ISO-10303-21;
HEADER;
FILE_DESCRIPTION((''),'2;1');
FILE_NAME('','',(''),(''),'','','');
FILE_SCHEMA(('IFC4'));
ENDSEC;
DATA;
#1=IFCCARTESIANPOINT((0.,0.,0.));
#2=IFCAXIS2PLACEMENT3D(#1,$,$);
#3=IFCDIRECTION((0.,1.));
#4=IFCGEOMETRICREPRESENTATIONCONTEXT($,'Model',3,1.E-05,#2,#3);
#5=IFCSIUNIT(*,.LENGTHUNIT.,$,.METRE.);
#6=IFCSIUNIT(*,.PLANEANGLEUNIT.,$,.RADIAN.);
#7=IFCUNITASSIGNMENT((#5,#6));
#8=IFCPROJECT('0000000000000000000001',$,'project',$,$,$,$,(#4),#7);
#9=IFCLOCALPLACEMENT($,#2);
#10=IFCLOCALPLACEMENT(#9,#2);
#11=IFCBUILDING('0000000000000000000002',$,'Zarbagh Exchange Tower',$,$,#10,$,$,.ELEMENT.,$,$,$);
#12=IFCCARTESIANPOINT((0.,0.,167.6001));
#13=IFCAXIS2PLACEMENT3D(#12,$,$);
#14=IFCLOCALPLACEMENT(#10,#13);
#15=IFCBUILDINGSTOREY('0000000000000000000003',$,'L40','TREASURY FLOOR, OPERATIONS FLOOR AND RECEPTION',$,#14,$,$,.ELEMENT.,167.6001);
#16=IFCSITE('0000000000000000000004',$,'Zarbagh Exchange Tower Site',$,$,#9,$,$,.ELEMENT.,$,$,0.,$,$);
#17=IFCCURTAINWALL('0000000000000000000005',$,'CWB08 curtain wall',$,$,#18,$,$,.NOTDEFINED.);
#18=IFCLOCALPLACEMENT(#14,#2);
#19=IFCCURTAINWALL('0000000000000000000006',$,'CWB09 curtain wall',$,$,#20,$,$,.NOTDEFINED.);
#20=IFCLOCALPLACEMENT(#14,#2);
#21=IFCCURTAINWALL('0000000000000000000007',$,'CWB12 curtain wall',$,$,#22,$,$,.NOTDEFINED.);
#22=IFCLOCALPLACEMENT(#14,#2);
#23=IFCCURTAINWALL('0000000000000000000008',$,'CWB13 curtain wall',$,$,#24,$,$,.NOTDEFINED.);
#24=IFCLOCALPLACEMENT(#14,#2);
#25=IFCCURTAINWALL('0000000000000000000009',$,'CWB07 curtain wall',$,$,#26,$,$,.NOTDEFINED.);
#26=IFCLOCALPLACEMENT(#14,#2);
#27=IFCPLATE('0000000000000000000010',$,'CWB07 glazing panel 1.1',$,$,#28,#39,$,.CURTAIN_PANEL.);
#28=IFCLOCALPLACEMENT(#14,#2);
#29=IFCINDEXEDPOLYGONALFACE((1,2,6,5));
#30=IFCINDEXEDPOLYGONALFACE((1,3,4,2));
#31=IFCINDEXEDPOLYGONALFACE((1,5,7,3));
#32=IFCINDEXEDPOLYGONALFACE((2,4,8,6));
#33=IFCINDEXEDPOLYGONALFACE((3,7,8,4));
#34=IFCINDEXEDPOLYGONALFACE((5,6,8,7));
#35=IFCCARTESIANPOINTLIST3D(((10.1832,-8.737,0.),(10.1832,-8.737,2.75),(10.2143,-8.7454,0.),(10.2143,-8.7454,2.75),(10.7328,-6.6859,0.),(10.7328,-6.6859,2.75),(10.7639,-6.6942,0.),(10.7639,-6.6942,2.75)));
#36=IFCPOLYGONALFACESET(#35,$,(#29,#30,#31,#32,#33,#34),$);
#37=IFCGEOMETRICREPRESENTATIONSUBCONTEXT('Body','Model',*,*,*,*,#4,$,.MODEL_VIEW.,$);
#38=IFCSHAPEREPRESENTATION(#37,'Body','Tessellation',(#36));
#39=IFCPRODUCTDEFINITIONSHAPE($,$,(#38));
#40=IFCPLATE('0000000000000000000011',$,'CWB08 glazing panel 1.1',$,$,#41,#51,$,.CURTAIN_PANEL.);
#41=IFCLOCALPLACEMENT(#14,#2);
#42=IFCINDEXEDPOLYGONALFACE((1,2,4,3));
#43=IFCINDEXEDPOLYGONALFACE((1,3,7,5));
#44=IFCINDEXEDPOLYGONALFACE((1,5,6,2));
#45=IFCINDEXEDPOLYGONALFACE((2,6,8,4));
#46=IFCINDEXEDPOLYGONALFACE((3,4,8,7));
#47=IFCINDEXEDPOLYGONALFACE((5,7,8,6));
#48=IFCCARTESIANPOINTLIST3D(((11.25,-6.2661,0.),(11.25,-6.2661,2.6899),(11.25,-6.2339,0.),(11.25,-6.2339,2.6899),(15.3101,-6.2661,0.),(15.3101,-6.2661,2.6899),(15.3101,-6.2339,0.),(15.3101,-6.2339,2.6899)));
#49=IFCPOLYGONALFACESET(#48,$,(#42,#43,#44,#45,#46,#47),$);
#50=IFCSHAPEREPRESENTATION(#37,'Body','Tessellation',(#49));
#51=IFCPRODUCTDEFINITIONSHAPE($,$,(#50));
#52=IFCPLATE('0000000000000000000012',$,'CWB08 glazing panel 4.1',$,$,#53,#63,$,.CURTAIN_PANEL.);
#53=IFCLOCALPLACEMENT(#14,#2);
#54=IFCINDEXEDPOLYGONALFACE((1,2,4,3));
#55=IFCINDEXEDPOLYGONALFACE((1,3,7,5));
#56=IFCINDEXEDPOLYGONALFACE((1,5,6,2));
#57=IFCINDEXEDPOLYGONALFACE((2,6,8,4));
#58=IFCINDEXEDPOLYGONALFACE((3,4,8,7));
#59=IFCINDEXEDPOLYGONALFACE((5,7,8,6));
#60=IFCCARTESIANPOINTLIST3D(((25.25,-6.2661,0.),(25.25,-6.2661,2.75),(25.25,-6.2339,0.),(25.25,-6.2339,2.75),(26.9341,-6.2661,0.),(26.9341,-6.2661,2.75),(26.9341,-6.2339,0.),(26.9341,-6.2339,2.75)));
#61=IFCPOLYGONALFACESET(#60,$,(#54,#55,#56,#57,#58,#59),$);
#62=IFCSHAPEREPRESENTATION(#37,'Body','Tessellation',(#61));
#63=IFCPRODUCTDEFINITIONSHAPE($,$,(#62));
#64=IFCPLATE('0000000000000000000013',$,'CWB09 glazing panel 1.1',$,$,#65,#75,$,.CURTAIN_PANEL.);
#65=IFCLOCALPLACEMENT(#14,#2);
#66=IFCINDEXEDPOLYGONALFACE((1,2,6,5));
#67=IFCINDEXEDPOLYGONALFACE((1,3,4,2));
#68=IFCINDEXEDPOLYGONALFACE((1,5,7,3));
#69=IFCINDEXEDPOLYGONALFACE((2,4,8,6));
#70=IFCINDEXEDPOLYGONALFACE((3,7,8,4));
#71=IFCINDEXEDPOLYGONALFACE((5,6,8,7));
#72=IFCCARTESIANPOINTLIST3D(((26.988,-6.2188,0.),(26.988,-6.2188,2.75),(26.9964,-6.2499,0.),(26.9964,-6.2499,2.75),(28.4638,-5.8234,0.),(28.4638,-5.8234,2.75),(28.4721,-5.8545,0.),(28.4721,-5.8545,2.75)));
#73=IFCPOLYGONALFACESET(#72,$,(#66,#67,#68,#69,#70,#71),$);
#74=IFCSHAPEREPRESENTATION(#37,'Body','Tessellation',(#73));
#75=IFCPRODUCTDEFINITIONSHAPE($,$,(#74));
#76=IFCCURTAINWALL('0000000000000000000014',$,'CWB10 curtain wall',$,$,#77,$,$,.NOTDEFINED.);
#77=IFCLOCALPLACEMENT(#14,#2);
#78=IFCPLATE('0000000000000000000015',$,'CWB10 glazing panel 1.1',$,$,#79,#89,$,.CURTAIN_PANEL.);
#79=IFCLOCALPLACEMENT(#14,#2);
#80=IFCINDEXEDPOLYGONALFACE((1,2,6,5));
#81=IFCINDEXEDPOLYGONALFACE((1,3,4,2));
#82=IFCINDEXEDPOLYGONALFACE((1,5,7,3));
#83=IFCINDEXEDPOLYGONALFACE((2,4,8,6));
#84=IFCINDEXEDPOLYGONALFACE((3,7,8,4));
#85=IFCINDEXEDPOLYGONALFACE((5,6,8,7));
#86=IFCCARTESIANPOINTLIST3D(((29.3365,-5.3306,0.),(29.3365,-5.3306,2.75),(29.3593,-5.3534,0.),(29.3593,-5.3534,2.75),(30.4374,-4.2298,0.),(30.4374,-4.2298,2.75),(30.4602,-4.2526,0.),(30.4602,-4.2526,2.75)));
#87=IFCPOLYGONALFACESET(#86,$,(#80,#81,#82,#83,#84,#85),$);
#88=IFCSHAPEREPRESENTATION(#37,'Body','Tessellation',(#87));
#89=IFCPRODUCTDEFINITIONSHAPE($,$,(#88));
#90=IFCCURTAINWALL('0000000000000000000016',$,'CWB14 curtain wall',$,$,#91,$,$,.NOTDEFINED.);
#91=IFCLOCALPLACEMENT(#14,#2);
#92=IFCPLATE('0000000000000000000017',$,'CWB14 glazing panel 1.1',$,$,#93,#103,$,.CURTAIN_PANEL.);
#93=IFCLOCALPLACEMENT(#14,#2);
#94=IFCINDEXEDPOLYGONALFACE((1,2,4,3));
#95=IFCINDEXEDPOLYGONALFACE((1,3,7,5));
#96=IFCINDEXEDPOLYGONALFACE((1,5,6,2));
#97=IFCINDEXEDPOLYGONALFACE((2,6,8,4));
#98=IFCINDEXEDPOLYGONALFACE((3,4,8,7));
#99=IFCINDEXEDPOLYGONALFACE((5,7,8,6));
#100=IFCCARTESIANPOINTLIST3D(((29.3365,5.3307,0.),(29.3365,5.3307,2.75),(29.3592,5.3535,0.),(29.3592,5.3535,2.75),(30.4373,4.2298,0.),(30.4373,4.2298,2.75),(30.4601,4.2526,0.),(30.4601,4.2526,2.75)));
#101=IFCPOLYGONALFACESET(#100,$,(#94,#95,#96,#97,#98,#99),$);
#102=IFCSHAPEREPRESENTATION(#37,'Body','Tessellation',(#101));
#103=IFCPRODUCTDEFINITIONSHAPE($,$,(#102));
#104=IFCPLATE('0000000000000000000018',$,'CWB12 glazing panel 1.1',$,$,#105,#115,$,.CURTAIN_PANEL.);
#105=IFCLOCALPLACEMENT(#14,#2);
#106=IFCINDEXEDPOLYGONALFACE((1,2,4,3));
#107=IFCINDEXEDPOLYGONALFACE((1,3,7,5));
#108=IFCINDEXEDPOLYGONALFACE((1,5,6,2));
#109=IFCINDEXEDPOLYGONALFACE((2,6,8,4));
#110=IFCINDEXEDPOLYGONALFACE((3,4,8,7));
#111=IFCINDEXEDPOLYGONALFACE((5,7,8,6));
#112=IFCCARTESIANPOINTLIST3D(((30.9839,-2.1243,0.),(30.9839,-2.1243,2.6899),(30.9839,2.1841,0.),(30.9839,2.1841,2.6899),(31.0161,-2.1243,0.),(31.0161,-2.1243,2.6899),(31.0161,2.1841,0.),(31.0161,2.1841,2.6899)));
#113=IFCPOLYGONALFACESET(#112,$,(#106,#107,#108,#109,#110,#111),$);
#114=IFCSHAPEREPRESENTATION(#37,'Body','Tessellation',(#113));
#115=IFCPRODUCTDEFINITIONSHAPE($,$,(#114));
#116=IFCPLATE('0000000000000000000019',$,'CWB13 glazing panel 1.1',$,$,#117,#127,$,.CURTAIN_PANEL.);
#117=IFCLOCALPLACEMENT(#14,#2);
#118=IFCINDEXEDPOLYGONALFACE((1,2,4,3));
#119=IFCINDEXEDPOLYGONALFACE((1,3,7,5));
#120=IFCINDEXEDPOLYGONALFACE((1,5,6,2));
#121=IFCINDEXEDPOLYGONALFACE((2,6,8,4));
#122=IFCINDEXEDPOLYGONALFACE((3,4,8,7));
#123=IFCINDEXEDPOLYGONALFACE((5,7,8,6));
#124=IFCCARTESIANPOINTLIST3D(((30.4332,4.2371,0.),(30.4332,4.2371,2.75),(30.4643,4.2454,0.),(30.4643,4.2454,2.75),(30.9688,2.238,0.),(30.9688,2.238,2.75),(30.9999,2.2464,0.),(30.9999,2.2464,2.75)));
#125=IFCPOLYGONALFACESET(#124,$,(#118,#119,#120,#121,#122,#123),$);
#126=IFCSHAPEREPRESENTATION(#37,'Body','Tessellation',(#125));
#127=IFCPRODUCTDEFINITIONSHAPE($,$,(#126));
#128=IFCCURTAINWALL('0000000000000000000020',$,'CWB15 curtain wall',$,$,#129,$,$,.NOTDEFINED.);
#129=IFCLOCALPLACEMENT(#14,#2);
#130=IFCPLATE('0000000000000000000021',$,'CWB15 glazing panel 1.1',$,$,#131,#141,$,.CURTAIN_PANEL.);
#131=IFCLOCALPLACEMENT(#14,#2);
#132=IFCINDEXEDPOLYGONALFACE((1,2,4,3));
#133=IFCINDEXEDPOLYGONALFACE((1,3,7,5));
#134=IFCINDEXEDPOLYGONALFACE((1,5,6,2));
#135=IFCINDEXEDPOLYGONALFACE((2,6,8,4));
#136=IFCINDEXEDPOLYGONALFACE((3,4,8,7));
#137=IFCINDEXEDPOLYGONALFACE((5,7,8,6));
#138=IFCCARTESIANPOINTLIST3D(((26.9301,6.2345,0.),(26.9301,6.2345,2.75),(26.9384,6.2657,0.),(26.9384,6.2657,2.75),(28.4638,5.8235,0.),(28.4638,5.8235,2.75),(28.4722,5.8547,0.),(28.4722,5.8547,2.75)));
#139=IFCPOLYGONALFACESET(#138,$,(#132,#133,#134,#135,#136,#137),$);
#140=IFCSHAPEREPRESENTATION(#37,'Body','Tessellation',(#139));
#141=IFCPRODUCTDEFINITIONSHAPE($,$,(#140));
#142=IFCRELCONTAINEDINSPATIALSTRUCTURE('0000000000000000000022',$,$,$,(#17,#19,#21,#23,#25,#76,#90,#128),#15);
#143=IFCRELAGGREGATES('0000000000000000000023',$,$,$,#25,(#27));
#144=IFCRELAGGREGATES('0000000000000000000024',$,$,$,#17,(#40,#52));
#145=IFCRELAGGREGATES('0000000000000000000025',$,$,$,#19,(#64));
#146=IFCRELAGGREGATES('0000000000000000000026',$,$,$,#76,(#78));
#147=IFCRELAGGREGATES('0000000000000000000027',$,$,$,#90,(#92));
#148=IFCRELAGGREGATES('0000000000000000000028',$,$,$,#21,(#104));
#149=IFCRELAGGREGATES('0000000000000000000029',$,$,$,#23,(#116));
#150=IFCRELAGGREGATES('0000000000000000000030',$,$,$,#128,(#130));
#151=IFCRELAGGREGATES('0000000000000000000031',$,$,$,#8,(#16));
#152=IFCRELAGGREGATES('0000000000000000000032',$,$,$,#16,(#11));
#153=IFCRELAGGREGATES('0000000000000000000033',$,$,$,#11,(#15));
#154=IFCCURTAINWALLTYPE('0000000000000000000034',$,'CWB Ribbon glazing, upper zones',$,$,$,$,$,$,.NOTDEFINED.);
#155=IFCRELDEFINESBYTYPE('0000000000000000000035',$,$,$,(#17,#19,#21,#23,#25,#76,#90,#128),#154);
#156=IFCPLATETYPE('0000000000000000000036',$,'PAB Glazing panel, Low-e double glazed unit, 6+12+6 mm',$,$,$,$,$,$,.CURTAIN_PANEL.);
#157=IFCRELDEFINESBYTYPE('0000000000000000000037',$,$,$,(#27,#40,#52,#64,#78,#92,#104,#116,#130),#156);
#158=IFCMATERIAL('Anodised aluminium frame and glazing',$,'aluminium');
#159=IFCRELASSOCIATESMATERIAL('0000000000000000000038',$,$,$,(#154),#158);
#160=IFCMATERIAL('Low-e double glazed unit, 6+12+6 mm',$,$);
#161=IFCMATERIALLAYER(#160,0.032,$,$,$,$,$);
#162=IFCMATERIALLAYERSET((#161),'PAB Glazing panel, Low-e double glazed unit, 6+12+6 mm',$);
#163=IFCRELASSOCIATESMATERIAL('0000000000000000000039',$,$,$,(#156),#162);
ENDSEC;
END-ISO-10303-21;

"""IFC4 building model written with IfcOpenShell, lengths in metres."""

from ifc_helpers import new_model, si_unit, direction, frame, origin, place, context, subcontext, project, spatial, polyline, outline, extrude, source, transform, mapped, material, layer, layer_set, type_object, element, aggregate, save


model = new_model("IFC4")

# Units and contexts
model_context = context("Model", 3, precision=1e-05, world=origin(), true_north=direction((0.0, 1.0)))
body_context = subcontext(model_context, "Body", "Model", "MODEL_VIEW")
ifc_project = project(units=[si_unit("LENGTHUNIT", "METRE"), si_unit("PLANEANGLEUNIT", "RADIAN")], contexts=[model_context])

# Site, building, storey
site_placement = place(None, origin())
site = spatial("IfcSite", under=ifc_project, at=site_placement, Name="Zarbagh Exchange Tower Site", CompositionType="ELEMENT", RefElevation=0.0)
building_placement = place(site_placement, origin())
building = spatial("IfcBuilding", under=site, at=building_placement, Name="Zarbagh Exchange Tower", CompositionType="ELEMENT")
storey_placement = place(building_placement, frame((0.0, 0.0, 167.6001)))
storey = spatial("IfcBuildingStorey", under=building, at=storey_placement, Name="L40", Description="TREASURY FLOOR, OPERATIONS FLOOR AND RECEPTION", CompositionType="ELEMENT", Elevation=167.6001)

# Shared definitions
ifc_material_1 = material(Name="Anodised aluminium frame and glazing", Category="aluminium")
curtain_wall_type = type_object("IfcCurtainWallType", Name="CWB Ribbon glazing, upper zones", PredefinedType="NOTDEFINED", material=ifc_material_1)
placement = place(storey_placement, origin())

# Curtain wall
curtain_wall_1_placement = place(storey_placement, origin())
curtain_wall_1 = element("IfcCurtainWall", 1, at=curtain_wall_1_placement, inside=storey, type_object=curtain_wall_type, Name="CWB08 curtain wall", PredefinedType="NOTDEFINED")

# Curtain walls
curtain_wall_2_placement = place(storey_placement, origin())
curtain_wall_2 = element("IfcCurtainWall", 2, at=curtain_wall_2_placement, inside=storey, type_object=curtain_wall_type, Name="CWB09 curtain wall", PredefinedType="NOTDEFINED")
curtain_wall_3_placement = place(storey_placement, origin())
curtain_wall_3 = element("IfcCurtainWall", 3, at=curtain_wall_3_placement, inside=storey, type_object=curtain_wall_type, Name="CWB12 curtain wall", PredefinedType="NOTDEFINED")
curtain_wall_4_placement = place(storey_placement, origin())
curtain_wall_4 = element("IfcCurtainWall", 4, at=curtain_wall_4_placement, inside=storey, type_object=curtain_wall_type, Name="CWB13 curtain wall", PredefinedType="NOTDEFINED")

# Shared definitions
ifc_material_2 = material(Name="Low-e double glazed unit, 6+12+6 mm")
ifc_layer = layer(ifc_material_2, 0.032)
ifc_layer_set = layer_set([ifc_layer], Name="PAB Glazing panel, Low-e double glazed unit, 6+12+6 mm")
plate_type = type_object("IfcPlateType", Name="PAB Glazing panel, Low-e double glazed unit, 6+12+6 mm", PredefinedType="CURTAIN_PANEL", material=ifc_layer_set)

# Curtain wall, plate
curtain_wall_5_placement = place(storey_placement, origin())
curtain_wall_5 = element("IfcCurtainWall", 5, at=curtain_wall_5_placement, inside=storey, type_object=curtain_wall_type, Name="CWB07 curtain wall", PredefinedType="NOTDEFINED")
shared_shape_1 = source(origin(), body_context, "Body", "SweptSolid", [
    extrude(outline(polyline([(0.0, -0.0161), (2.1235, -0.0161), (2.1235, 0.0161), (0.0, 0.0161), (0.0, -0.0161)])), origin(), (0.0, 0.0, 1.0), 2.75),
])
plate_1 = element("IfcPlate", 6, at=placement, type_object=plate_type, Name="CWB07 glazing panel 1.1", PredefinedType="CURTAIN_PANEL", context=body_context, shape_type="MappedRepresentation", body=[
    mapped(shared_shape_1, transform((10.1987, -8.7412, 0.0), x_axis=(0.258825, 0.965924, 0.0), y_axis=(-0.965924, 0.258825, 0.0), z_axis=(0.0, 0.0, 1.0))),
])
aggregate(curtain_wall_5, [plate_1])

# Plates
shared_shape_2 = source(origin(), body_context, "Body", "SweptSolid", [
    extrude(outline(polyline([(0.0, -0.0161), (4.0601, -0.0161), (4.0601, 0.0161), (0.0, 0.0161), (0.0, -0.0161)])), origin(), (0.0, 0.0, 1.0), 2.6899),
])
plate_2 = element("IfcPlate", 7, at=placement, type_object=plate_type, Name="CWB08 glazing panel 1.1", PredefinedType="CURTAIN_PANEL", context=body_context, shape_type="MappedRepresentation", body=[
    mapped(shared_shape_2, transform((11.25, -6.25, 0.0), x_axis=(1.0, 0.0, 0.0), y_axis=(0.0, 1.0, 0.0), z_axis=(0.0, 0.0, 1.0))),
])
shared_shape_3 = source(origin(), body_context, "Body", "SweptSolid", [
    extrude(outline(polyline([(0.0, -0.0161), (1.6841, -0.0161), (1.6841, 0.0161), (0.0, 0.0161), (0.0, -0.0161)])), origin(), (0.0, 0.0, 1.0), 2.75),
])
plate_3 = element("IfcPlate", 8, at=placement, type_object=plate_type, Name="CWB08 glazing panel 4.1", PredefinedType="CURTAIN_PANEL", context=body_context, shape_type="MappedRepresentation", body=[
    mapped(shared_shape_3, transform((25.25, -6.25, 0.0), x_axis=(1.0, 0.0, 0.0), y_axis=(0.0, 1.0, 0.0), z_axis=(0.0, 0.0, 1.0))),
])
aggregate(curtain_wall_1, [plate_2, plate_3])
shared_shape_4 = source(origin(), body_context, "Body", "SweptSolid", [
    extrude(outline(polyline([(0.0, -0.0161), (1.5278, -0.0161), (1.5278, 0.0161), (0.0, 0.0161), (0.0, -0.0161)])), origin(), (0.0, 0.0, 1.0), 2.75),
])
plate_4 = element("IfcPlate", 9, at=placement, type_object=plate_type, Name="CWB09 glazing panel 1.1", PredefinedType="CURTAIN_PANEL", context=body_context, shape_type="MappedRepresentation", body=[
    mapped(shared_shape_4, transform((26.9922, -6.2344, 0.0), x_axis=(0.965924, 0.258825, 0.0), y_axis=(-0.258825, 0.965924, 0.0), z_axis=(0.0, 0.0, 1.0))),
])
aggregate(curtain_wall_2, [plate_4])

# Curtain walls, plates
curtain_wall_6_placement = place(storey_placement, origin())
curtain_wall_6 = element("IfcCurtainWall", 10, at=curtain_wall_6_placement, inside=storey, type_object=curtain_wall_type, Name="CWB10 curtain wall", PredefinedType="NOTDEFINED")
shared_shape_5 = source(origin(), body_context, "Body", "SweptSolid", [
    extrude(outline(polyline([(0.0, -0.0161), (1.5569, -0.0161), (1.5569, 0.0161), (0.0, 0.0161), (0.0, -0.0161)])), origin(), (0.0, 0.0, 1.0), 2.75),
])
plate_5 = element("IfcPlate", 11, at=placement, type_object=plate_type, Name="CWB10 glazing panel 1.1", PredefinedType="CURTAIN_PANEL", context=body_context, shape_type="MappedRepresentation", body=[
    mapped(shared_shape_5, transform((29.3479, -5.342, 0.0), x_axis=(0.707107, 0.707107, 0.0), y_axis=(-0.707107, 0.707107, 0.0), z_axis=(0.0, 0.0, 1.0))),
])
aggregate(curtain_wall_6, [plate_5])
curtain_wall_7_placement = place(storey_placement, origin())
curtain_wall_7 = element("IfcCurtainWall", 12, at=curtain_wall_7_placement, inside=storey, type_object=curtain_wall_type, Name="CWB14 curtain wall", PredefinedType="NOTDEFINED")
plate_6 = element("IfcPlate", 13, at=placement, type_object=plate_type, Name="CWB14 glazing panel 1.1", PredefinedType="CURTAIN_PANEL", context=body_context, shape_type="MappedRepresentation", body=[
    mapped(shared_shape_5, transform((30.4487, 4.2412, 0.0), x_axis=(-0.707107, 0.707107, 0.0), y_axis=(-0.707107, -0.707107, 0.0), z_axis=(0.0, 0.0, 1.0))),
])
aggregate(curtain_wall_7, [plate_6])

# Plates
shared_shape_6 = source(origin(), body_context, "Body", "SweptSolid", [
    extrude(outline(polyline([(0.0, -0.0161), (4.3083, -0.0161), (4.3083, 0.0161), (0.0, 0.0161), (0.0, -0.0161)])), origin(), (0.0, 0.0, 1.0), 2.6899),
])
plate_7 = element("IfcPlate", 14, at=placement, type_object=plate_type, Name="CWB12 glazing panel 1.1", PredefinedType="CURTAIN_PANEL", context=body_context, shape_type="MappedRepresentation", body=[
    mapped(shared_shape_6, transform((31.0, -2.1243, 0.0), x_axis=(0.0, 1.0, 0.0), y_axis=(-1.0, 0.0, 0.0), z_axis=(0.0, 0.0, 1.0))),
])
aggregate(curtain_wall_3, [plate_7])
shared_shape_7 = source(origin(), body_context, "Body", "SweptSolid", [
    extrude(outline(polyline([(0.0, -0.0161), (2.0696, -0.0161), (2.0696, 0.0161), (0.0, 0.0161), (0.0, -0.0161)])), origin(), (0.0, 0.0, 1.0), 2.75),
])
plate_8 = element("IfcPlate", 15, at=placement, type_object=plate_type, Name="CWB13 glazing panel 1.1", PredefinedType="CURTAIN_PANEL", context=body_context, shape_type="MappedRepresentation", body=[
    mapped(shared_shape_7, transform((30.9844, 2.2422, 0.0), x_axis=(-0.258825, 0.965924, 0.0), y_axis=(-0.965924, -0.258825, 0.0), z_axis=(0.0, 0.0, 1.0))),
])
aggregate(curtain_wall_4, [plate_8])

# Curtain wall, plate
curtain_wall_8_placement = place(storey_placement, origin())
curtain_wall_8 = element("IfcCurtainWall", 16, at=curtain_wall_8_placement, inside=storey, type_object=curtain_wall_type, Name="CWB15 curtain wall", PredefinedType="NOTDEFINED")
shared_shape_8 = source(origin(), body_context, "Body", "SweptSolid", [
    extrude(outline(polyline([(0.0, -0.0161), (1.5879, -0.0161), (1.5879, 0.0161), (0.0, 0.0161), (0.0, -0.0161)])), origin(), (0.0, 0.0, 1.0), 2.75),
])
plate_9 = element("IfcPlate", 17, at=placement, type_object=plate_type, Name="CWB15 glazing panel 1.1", PredefinedType="CURTAIN_PANEL", context=body_context, shape_type="MappedRepresentation", body=[
    mapped(shared_shape_8, transform((28.468, 5.8391, 0.0), x_axis=(-0.965924, 0.258825, 0.0), y_axis=(-0.258825, -0.965924, 0.0), z_axis=(0.0, 0.0, 1.0))),
])
aggregate(curtain_wall_8, [plate_9])

save(model, "model.ifc")
